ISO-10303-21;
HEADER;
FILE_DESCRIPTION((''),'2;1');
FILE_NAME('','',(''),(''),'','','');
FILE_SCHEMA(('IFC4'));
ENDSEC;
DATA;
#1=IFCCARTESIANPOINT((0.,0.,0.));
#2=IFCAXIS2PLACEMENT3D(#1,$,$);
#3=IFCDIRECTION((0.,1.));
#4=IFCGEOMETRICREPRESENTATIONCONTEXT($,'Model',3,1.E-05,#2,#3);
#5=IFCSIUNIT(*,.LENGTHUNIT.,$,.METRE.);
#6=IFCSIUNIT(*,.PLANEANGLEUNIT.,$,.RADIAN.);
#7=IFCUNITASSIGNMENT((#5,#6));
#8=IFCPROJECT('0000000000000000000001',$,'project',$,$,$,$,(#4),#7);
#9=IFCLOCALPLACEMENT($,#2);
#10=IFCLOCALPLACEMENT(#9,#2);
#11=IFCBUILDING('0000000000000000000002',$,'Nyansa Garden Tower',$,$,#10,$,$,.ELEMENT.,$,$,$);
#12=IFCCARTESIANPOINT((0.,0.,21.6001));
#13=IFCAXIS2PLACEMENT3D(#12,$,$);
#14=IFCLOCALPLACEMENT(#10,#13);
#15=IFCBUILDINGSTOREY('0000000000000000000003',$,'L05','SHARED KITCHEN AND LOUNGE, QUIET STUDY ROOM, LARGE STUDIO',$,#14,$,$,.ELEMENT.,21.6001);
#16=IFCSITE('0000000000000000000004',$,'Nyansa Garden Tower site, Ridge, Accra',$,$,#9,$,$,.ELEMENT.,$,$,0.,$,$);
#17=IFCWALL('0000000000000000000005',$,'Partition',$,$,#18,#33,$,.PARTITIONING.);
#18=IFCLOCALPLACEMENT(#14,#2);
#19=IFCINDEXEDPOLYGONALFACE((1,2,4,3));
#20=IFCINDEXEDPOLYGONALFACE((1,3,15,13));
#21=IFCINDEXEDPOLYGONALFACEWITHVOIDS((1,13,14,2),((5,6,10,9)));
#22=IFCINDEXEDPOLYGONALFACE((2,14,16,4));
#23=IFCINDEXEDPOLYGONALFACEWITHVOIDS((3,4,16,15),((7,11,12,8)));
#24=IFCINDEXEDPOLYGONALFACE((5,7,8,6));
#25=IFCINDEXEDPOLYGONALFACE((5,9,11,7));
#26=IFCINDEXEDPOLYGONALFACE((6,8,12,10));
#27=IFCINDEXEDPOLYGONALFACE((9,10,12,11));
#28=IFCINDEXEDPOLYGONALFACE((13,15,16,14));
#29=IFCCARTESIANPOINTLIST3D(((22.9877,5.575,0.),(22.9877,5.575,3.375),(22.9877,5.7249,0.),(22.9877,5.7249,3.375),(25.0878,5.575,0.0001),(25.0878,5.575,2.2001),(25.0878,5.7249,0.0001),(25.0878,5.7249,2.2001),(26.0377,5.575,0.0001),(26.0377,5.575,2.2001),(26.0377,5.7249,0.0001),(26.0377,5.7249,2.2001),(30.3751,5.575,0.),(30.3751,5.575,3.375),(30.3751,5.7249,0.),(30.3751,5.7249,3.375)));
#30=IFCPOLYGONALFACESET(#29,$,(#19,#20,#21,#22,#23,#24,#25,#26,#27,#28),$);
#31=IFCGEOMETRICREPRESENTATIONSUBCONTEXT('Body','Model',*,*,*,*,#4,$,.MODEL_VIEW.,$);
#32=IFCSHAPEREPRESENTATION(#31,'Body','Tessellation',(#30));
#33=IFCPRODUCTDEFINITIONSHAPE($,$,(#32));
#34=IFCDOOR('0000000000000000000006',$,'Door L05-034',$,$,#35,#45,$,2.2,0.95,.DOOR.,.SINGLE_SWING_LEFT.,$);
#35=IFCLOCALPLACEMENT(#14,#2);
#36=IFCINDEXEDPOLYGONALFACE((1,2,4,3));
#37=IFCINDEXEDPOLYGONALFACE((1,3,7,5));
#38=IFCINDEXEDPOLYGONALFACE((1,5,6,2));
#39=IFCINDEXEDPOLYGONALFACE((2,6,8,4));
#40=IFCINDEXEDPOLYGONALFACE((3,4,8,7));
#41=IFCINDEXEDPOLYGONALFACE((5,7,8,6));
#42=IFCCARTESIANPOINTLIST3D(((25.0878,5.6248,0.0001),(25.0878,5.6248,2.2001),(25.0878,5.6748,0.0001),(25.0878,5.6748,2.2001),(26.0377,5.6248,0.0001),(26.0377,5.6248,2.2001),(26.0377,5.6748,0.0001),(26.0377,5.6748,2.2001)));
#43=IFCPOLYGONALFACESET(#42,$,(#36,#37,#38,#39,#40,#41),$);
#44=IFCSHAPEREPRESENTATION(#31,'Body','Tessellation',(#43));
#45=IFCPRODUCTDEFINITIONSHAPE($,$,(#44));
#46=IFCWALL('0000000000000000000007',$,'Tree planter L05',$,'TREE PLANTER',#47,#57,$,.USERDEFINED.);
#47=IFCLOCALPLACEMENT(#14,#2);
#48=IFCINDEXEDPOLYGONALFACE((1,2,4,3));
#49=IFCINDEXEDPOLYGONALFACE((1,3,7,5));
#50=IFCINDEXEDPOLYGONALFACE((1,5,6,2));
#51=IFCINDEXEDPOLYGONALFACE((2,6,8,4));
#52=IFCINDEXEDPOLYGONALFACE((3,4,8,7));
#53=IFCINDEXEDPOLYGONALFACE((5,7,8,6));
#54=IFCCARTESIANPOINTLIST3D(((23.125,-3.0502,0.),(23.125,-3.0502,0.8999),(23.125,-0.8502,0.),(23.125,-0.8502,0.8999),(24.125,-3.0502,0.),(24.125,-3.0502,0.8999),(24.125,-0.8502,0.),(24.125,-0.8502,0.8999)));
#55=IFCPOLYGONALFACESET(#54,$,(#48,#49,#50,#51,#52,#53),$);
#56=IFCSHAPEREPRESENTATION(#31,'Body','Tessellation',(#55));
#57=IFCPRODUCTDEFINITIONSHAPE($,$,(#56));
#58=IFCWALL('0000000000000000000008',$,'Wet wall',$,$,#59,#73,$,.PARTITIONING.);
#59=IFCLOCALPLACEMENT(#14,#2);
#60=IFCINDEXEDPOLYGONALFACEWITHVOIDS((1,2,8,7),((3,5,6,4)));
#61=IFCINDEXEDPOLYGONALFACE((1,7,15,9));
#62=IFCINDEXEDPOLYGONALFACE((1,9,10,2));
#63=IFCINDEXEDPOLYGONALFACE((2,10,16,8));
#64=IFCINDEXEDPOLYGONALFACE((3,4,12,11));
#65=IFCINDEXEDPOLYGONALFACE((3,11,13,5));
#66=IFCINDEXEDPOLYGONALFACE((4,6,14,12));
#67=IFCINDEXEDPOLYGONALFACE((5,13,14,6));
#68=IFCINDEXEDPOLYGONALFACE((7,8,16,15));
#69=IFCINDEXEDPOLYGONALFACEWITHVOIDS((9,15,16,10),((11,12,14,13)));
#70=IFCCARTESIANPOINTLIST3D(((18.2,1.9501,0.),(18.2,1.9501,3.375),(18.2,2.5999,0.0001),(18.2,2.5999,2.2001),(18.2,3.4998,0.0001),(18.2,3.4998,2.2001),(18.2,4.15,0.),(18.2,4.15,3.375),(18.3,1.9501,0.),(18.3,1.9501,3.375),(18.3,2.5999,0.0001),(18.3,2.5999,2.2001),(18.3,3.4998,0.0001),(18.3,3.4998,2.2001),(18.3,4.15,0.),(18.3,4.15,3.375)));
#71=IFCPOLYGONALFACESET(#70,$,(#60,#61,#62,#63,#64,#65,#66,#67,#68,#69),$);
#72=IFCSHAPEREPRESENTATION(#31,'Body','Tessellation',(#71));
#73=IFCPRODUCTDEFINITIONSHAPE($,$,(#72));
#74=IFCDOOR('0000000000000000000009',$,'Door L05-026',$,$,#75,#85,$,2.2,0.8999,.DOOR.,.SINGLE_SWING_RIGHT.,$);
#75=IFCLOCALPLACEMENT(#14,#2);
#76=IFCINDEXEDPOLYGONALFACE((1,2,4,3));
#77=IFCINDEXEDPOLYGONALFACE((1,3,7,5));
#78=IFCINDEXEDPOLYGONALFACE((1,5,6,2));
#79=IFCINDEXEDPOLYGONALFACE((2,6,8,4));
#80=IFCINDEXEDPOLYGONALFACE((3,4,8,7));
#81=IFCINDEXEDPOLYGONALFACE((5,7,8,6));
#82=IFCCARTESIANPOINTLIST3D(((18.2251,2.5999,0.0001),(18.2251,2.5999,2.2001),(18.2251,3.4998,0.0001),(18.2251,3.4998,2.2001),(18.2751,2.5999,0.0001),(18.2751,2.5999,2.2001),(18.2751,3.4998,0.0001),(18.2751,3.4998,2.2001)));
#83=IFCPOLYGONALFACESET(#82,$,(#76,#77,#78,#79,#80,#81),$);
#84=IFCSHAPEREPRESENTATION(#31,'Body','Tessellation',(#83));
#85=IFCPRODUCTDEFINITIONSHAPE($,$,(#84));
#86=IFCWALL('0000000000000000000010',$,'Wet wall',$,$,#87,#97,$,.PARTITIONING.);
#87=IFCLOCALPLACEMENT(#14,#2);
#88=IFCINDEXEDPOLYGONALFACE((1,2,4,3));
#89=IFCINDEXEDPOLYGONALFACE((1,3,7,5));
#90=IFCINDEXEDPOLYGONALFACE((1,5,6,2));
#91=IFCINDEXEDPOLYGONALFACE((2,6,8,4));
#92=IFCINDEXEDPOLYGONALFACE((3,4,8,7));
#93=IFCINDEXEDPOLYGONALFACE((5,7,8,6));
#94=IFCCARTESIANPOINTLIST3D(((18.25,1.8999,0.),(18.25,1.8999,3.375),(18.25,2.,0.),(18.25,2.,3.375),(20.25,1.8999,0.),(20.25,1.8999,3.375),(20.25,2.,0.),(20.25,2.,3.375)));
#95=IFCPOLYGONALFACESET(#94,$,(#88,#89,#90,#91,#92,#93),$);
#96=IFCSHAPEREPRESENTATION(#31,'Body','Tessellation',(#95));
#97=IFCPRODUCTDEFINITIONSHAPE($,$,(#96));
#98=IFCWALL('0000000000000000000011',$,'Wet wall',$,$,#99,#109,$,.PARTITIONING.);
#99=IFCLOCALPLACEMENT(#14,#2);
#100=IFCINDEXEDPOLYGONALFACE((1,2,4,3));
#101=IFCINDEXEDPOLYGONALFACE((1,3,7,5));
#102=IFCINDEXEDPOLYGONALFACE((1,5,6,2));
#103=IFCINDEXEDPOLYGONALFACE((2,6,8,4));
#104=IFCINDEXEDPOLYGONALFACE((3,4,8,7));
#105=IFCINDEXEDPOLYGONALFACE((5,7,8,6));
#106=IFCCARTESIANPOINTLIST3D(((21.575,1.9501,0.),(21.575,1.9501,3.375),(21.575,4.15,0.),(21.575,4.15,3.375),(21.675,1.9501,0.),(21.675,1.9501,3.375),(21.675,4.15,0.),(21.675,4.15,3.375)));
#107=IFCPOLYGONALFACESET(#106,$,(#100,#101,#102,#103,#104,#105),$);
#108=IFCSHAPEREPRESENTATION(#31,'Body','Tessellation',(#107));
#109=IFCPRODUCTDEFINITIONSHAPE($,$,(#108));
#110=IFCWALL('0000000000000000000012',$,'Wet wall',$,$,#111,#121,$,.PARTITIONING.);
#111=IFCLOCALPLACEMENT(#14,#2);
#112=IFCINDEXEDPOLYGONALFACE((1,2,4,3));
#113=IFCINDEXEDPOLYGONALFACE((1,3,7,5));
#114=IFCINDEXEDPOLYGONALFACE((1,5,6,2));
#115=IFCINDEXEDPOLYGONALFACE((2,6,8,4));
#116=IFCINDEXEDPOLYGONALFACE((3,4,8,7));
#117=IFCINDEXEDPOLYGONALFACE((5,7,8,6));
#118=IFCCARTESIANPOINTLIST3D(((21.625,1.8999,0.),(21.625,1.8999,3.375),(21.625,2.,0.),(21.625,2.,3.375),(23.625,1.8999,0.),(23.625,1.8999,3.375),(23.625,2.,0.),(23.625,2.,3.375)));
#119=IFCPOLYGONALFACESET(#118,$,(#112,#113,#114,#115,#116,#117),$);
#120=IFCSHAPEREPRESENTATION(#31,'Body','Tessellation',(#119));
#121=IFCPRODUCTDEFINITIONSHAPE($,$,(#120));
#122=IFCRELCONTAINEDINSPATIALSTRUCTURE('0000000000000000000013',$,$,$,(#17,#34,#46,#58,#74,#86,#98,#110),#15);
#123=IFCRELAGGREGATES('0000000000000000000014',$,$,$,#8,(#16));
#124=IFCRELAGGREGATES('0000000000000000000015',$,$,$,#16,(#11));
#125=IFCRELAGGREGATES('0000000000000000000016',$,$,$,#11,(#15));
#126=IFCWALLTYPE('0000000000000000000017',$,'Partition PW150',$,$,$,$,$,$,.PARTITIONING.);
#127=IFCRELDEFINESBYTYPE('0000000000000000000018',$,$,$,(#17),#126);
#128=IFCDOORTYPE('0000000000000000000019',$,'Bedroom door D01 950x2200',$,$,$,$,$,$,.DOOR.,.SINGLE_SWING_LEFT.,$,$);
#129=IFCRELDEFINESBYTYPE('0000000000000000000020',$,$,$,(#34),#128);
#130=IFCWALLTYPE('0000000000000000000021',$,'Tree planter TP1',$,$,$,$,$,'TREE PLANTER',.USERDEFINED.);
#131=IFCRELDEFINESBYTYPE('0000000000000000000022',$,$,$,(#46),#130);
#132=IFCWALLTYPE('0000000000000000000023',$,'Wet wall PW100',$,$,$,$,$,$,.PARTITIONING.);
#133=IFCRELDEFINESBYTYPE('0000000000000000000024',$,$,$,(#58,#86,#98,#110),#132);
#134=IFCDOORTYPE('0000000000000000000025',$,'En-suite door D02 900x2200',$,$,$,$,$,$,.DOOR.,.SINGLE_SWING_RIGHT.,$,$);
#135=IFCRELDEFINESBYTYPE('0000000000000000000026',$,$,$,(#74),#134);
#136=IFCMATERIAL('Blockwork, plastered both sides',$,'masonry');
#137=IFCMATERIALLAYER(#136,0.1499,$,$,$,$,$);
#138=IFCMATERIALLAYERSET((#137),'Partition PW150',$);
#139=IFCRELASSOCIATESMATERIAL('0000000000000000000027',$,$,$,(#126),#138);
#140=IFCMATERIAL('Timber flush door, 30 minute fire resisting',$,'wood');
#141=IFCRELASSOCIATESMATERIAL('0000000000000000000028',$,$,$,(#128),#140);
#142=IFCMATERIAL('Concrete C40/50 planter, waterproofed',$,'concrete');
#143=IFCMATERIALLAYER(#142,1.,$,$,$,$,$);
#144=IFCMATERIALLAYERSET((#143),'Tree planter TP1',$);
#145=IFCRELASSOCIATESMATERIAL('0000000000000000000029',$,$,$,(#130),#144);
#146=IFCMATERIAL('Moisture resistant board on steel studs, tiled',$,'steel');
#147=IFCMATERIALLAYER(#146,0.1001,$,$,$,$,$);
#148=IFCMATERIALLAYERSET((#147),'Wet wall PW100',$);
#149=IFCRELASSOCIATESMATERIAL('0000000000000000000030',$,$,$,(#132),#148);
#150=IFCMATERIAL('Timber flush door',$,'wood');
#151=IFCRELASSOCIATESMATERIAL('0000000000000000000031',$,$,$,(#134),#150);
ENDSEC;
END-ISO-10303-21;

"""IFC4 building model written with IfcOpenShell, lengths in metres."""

from ifc_helpers import new_model, si_unit, direction, frame, frame_2d, origin, place, context, subcontext, project, spatial, rectangle, extrude, material, layer, layer_set, type_object, element, fill, save


model = new_model("IFC4")

# Units and contexts
model_context = context("Model", 3, precision=1e-05, world=origin(), true_north=direction((0.0, 1.0)))
body_context = subcontext(model_context, "Body", "Model", "MODEL_VIEW")
ifc_project = project(units=[si_unit("LENGTHUNIT", "METRE"), si_unit("PLANEANGLEUNIT", "RADIAN")], contexts=[model_context])

# Site, building, storey
site_placement = place(None, origin())
site = spatial("IfcSite", under=ifc_project, at=site_placement, Name="Nyansa Garden Tower site, Ridge, Accra", CompositionType="ELEMENT", RefElevation=0.0)
building_placement = place(site_placement, origin())
building = spatial("IfcBuilding", under=site, at=building_placement, Name="Nyansa Garden Tower", CompositionType="ELEMENT")
storey_placement = place(building_placement, frame((0.0, 0.0, 21.6001)))
storey = spatial("IfcBuildingStorey", under=building, at=storey_placement, Name="L05", Description="SHARED KITCHEN AND LOUNGE, QUIET STUDY ROOM, LARGE STUDIO", CompositionType="ELEMENT", Elevation=21.6001)

# Shared definitions
ifc_material_1 = material(Name="Blockwork, plastered both sides", Category="masonry")
ifc_layer_1 = layer(ifc_material_1, 0.1499)
ifc_layer_set_1 = layer_set([ifc_layer_1], Name="Partition PW150")
wall_type_1 = type_object("IfcWallType", Name="Partition PW150", PredefinedType="PARTITIONING", material=ifc_layer_set_1)

# Wall, opening, door
wall_1_placement = place(storey_placement, frame((22.9875, 5.6499, 0.0), z_axis=(0.0, 0.0, 1.0), x_axis=(1.0, 0.0, 0.0)))
wall_1 = element("IfcWall", 1, at=wall_1_placement, inside=storey, type_object=wall_type_1, Name="Partition", PredefinedType="PARTITIONING", context=body_context, shape_type="SweptSolid", body=[
    extrude(rectangle(XDim=7.3875, YDim=0.1499, at=frame_2d((3.6938, 0.0))), origin(), (0.0, 0.0, 1.0), 3.375),
])
opening_1_placement = place(wall_1_placement, frame((2.1001, 0.0, 0.0)))
opening_1 = element("IfcOpeningElement", 2, at=opening_1_placement, cuts=wall_1, PredefinedType="OPENING", context=body_context, shape_type="SweptSolid", body=[
    extrude(rectangle(XDim=0.95, YDim=2.2, at=frame_2d((0.4751, 1.1001))), frame((0.0, 0.085, 0.0), z_axis=(0.0, -1.0, 0.0), x_axis=(1.0, 0.0, 0.0)), (0.0, 0.0, 1.0), 0.1699),
])
ifc_material_2 = material(Name="Timber flush door, 30 minute fire resisting", Category="wood")
door_type_1 = type_object("IfcDoorType", Name="Bedroom door D01 950x2200", OperationType="SINGLE_SWING_LEFT", PredefinedType="DOOR", material=ifc_material_2)
door_1_placement = place(opening_1_placement, origin())
door_1 = element("IfcDoor", 3, at=door_1_placement, inside=storey, type_object=door_type_1, Name="Door L05-034", OperationType="SINGLE_SWING_LEFT", OverallHeight=2.2, OverallWidth=0.95, PredefinedType="DOOR", context=body_context, shape_type="SweptSolid", body=[
    extrude(rectangle(XDim=0.95, YDim=2.2, at=frame_2d((0.4751, 1.1001))), frame((0.0, 0.0249, 0.0), z_axis=(0.0, -1.0, 0.0), x_axis=(1.0, 0.0, 0.0)), (0.0, 0.0, 1.0), 0.05),
])
fill(opening_1, door_1)

# Wall
ifc_material_3 = material(Name="Concrete C40/50 planter, waterproofed", Category="concrete")
ifc_layer_2 = layer(ifc_material_3, 1.0)
ifc_layer_set_2 = layer_set([ifc_layer_2], Name="Tree planter TP1")
wall_type_2 = type_object("IfcWallType", Name="Tree planter TP1", ElementType="TREE PLANTER", PredefinedType="USERDEFINED", material=ifc_layer_set_2)
wall_2_placement = place(storey_placement, frame((23.625, -0.8501, 0.0), z_axis=(0.0, 0.0, 1.0), x_axis=(0.0, -1.0, 0.0)))
element("IfcWall", 4, at=wall_2_placement, inside=storey, type_object=wall_type_2, Name="Tree planter L05", ObjectType="TREE PLANTER", PredefinedType="USERDEFINED", context=body_context, shape_type="SweptSolid", body=[
    extrude(rectangle(XDim=2.2, YDim=1.0, at=frame_2d((1.1001, 0.0))), origin(), (0.0, 0.0, 1.0), 0.8999),
])

# Wall, opening, door
ifc_material_4 = material(Name="Moisture resistant board on steel studs, tiled", Category="steel")
ifc_layer_3 = layer(ifc_material_4, 0.1001)
ifc_layer_set_3 = layer_set([ifc_layer_3], Name="Wet wall PW100")
wall_type_3 = type_object("IfcWallType", Name="Wet wall PW100", PredefinedType="PARTITIONING", material=ifc_layer_set_3)
wall_3_placement = place(storey_placement, frame((18.25, 1.95, 0.0), z_axis=(0.0, 0.0, 1.0), x_axis=(0.0, 1.0, 0.0)))
wall_3 = element("IfcWall", 5, at=wall_3_placement, inside=storey, type_object=wall_type_3, Name="Wet wall", PredefinedType="PARTITIONING", context=body_context, shape_type="SweptSolid", body=[
    extrude(rectangle(XDim=2.2, YDim=0.1001, at=frame_2d((1.1001, 0.0))), origin(), (0.0, 0.0, 1.0), 3.375),
])
opening_2_placement = place(wall_3_placement, frame((0.6499, 0.0, 0.0)))
opening_2 = element("IfcOpeningElement", 6, at=opening_2_placement, cuts=wall_3, PredefinedType="OPENING", context=body_context, shape_type="SweptSolid", body=[
    extrude(rectangle(XDim=0.8999, YDim=2.2, at=frame_2d((0.45, 1.1001))), frame((0.0, 0.0601, 0.0), z_axis=(0.0, -1.0, 0.0), x_axis=(1.0, 0.0, 0.0)), (0.0, 0.0, 1.0), 0.1201),
])
ifc_material_5 = material(Name="Timber flush door", Category="wood")
door_type_2 = type_object("IfcDoorType", Name="En-suite door D02 900x2200", OperationType="SINGLE_SWING_RIGHT", PredefinedType="DOOR", material=ifc_material_5)
door_2_placement = place(opening_2_placement, origin())
door_2 = element("IfcDoor", 7, at=door_2_placement, inside=storey, type_object=door_type_2, Name="Door L05-026", OperationType="SINGLE_SWING_RIGHT", OverallHeight=2.2, OverallWidth=0.8999, PredefinedType="DOOR", context=body_context, shape_type="SweptSolid", body=[
    extrude(rectangle(XDim=0.8999, YDim=2.2, at=frame_2d((0.45, 1.1001))), frame((0.0, 0.0249, 0.0), z_axis=(0.0, -1.0, 0.0), x_axis=(1.0, 0.0, 0.0)), (0.0, 0.0, 1.0), 0.05),
])
fill(opening_2, door_2)

# Walls
wall_4_placement = place(storey_placement, frame((18.25, 1.95, 0.0), z_axis=(0.0, 0.0, 1.0), x_axis=(1.0, 0.0, 0.0)))
element("IfcWall", 8, at=wall_4_placement, inside=storey, type_object=wall_type_3, Name="Wet wall", PredefinedType="PARTITIONING", context=body_context, shape_type="SweptSolid", body=[
    extrude(rectangle(XDim=2.0, YDim=0.1001, at=frame_2d((1.0, 0.0))), origin(), (0.0, 0.0, 1.0), 3.375),
])
wall_5_placement = place(storey_placement, frame((21.625, 1.95, 0.0), z_axis=(0.0, 0.0, 1.0), x_axis=(0.0, 1.0, 0.0)))
element("IfcWall", 9, at=wall_5_placement, inside=storey, type_object=wall_type_3, Name="Wet wall", PredefinedType="PARTITIONING", context=body_context, shape_type="SweptSolid", body=[
    extrude(rectangle(XDim=2.2, YDim=0.1001, at=frame_2d((1.1001, 0.0))), origin(), (0.0, 0.0, 1.0), 3.375),
])
wall_6_placement = place(storey_placement, frame((21.625, 1.95, 0.0), z_axis=(0.0, 0.0, 1.0), x_axis=(1.0, 0.0, 0.0)))
element("IfcWall", 10, at=wall_6_placement, inside=storey, type_object=wall_type_3, Name="Wet wall", PredefinedType="PARTITIONING", context=body_context, shape_type="SweptSolid", body=[
    extrude(rectangle(XDim=2.0, YDim=0.1001, at=frame_2d((1.0, 0.0))), origin(), (0.0, 0.0, 1.0), 3.375),
])

save(model, "model.ifc")
